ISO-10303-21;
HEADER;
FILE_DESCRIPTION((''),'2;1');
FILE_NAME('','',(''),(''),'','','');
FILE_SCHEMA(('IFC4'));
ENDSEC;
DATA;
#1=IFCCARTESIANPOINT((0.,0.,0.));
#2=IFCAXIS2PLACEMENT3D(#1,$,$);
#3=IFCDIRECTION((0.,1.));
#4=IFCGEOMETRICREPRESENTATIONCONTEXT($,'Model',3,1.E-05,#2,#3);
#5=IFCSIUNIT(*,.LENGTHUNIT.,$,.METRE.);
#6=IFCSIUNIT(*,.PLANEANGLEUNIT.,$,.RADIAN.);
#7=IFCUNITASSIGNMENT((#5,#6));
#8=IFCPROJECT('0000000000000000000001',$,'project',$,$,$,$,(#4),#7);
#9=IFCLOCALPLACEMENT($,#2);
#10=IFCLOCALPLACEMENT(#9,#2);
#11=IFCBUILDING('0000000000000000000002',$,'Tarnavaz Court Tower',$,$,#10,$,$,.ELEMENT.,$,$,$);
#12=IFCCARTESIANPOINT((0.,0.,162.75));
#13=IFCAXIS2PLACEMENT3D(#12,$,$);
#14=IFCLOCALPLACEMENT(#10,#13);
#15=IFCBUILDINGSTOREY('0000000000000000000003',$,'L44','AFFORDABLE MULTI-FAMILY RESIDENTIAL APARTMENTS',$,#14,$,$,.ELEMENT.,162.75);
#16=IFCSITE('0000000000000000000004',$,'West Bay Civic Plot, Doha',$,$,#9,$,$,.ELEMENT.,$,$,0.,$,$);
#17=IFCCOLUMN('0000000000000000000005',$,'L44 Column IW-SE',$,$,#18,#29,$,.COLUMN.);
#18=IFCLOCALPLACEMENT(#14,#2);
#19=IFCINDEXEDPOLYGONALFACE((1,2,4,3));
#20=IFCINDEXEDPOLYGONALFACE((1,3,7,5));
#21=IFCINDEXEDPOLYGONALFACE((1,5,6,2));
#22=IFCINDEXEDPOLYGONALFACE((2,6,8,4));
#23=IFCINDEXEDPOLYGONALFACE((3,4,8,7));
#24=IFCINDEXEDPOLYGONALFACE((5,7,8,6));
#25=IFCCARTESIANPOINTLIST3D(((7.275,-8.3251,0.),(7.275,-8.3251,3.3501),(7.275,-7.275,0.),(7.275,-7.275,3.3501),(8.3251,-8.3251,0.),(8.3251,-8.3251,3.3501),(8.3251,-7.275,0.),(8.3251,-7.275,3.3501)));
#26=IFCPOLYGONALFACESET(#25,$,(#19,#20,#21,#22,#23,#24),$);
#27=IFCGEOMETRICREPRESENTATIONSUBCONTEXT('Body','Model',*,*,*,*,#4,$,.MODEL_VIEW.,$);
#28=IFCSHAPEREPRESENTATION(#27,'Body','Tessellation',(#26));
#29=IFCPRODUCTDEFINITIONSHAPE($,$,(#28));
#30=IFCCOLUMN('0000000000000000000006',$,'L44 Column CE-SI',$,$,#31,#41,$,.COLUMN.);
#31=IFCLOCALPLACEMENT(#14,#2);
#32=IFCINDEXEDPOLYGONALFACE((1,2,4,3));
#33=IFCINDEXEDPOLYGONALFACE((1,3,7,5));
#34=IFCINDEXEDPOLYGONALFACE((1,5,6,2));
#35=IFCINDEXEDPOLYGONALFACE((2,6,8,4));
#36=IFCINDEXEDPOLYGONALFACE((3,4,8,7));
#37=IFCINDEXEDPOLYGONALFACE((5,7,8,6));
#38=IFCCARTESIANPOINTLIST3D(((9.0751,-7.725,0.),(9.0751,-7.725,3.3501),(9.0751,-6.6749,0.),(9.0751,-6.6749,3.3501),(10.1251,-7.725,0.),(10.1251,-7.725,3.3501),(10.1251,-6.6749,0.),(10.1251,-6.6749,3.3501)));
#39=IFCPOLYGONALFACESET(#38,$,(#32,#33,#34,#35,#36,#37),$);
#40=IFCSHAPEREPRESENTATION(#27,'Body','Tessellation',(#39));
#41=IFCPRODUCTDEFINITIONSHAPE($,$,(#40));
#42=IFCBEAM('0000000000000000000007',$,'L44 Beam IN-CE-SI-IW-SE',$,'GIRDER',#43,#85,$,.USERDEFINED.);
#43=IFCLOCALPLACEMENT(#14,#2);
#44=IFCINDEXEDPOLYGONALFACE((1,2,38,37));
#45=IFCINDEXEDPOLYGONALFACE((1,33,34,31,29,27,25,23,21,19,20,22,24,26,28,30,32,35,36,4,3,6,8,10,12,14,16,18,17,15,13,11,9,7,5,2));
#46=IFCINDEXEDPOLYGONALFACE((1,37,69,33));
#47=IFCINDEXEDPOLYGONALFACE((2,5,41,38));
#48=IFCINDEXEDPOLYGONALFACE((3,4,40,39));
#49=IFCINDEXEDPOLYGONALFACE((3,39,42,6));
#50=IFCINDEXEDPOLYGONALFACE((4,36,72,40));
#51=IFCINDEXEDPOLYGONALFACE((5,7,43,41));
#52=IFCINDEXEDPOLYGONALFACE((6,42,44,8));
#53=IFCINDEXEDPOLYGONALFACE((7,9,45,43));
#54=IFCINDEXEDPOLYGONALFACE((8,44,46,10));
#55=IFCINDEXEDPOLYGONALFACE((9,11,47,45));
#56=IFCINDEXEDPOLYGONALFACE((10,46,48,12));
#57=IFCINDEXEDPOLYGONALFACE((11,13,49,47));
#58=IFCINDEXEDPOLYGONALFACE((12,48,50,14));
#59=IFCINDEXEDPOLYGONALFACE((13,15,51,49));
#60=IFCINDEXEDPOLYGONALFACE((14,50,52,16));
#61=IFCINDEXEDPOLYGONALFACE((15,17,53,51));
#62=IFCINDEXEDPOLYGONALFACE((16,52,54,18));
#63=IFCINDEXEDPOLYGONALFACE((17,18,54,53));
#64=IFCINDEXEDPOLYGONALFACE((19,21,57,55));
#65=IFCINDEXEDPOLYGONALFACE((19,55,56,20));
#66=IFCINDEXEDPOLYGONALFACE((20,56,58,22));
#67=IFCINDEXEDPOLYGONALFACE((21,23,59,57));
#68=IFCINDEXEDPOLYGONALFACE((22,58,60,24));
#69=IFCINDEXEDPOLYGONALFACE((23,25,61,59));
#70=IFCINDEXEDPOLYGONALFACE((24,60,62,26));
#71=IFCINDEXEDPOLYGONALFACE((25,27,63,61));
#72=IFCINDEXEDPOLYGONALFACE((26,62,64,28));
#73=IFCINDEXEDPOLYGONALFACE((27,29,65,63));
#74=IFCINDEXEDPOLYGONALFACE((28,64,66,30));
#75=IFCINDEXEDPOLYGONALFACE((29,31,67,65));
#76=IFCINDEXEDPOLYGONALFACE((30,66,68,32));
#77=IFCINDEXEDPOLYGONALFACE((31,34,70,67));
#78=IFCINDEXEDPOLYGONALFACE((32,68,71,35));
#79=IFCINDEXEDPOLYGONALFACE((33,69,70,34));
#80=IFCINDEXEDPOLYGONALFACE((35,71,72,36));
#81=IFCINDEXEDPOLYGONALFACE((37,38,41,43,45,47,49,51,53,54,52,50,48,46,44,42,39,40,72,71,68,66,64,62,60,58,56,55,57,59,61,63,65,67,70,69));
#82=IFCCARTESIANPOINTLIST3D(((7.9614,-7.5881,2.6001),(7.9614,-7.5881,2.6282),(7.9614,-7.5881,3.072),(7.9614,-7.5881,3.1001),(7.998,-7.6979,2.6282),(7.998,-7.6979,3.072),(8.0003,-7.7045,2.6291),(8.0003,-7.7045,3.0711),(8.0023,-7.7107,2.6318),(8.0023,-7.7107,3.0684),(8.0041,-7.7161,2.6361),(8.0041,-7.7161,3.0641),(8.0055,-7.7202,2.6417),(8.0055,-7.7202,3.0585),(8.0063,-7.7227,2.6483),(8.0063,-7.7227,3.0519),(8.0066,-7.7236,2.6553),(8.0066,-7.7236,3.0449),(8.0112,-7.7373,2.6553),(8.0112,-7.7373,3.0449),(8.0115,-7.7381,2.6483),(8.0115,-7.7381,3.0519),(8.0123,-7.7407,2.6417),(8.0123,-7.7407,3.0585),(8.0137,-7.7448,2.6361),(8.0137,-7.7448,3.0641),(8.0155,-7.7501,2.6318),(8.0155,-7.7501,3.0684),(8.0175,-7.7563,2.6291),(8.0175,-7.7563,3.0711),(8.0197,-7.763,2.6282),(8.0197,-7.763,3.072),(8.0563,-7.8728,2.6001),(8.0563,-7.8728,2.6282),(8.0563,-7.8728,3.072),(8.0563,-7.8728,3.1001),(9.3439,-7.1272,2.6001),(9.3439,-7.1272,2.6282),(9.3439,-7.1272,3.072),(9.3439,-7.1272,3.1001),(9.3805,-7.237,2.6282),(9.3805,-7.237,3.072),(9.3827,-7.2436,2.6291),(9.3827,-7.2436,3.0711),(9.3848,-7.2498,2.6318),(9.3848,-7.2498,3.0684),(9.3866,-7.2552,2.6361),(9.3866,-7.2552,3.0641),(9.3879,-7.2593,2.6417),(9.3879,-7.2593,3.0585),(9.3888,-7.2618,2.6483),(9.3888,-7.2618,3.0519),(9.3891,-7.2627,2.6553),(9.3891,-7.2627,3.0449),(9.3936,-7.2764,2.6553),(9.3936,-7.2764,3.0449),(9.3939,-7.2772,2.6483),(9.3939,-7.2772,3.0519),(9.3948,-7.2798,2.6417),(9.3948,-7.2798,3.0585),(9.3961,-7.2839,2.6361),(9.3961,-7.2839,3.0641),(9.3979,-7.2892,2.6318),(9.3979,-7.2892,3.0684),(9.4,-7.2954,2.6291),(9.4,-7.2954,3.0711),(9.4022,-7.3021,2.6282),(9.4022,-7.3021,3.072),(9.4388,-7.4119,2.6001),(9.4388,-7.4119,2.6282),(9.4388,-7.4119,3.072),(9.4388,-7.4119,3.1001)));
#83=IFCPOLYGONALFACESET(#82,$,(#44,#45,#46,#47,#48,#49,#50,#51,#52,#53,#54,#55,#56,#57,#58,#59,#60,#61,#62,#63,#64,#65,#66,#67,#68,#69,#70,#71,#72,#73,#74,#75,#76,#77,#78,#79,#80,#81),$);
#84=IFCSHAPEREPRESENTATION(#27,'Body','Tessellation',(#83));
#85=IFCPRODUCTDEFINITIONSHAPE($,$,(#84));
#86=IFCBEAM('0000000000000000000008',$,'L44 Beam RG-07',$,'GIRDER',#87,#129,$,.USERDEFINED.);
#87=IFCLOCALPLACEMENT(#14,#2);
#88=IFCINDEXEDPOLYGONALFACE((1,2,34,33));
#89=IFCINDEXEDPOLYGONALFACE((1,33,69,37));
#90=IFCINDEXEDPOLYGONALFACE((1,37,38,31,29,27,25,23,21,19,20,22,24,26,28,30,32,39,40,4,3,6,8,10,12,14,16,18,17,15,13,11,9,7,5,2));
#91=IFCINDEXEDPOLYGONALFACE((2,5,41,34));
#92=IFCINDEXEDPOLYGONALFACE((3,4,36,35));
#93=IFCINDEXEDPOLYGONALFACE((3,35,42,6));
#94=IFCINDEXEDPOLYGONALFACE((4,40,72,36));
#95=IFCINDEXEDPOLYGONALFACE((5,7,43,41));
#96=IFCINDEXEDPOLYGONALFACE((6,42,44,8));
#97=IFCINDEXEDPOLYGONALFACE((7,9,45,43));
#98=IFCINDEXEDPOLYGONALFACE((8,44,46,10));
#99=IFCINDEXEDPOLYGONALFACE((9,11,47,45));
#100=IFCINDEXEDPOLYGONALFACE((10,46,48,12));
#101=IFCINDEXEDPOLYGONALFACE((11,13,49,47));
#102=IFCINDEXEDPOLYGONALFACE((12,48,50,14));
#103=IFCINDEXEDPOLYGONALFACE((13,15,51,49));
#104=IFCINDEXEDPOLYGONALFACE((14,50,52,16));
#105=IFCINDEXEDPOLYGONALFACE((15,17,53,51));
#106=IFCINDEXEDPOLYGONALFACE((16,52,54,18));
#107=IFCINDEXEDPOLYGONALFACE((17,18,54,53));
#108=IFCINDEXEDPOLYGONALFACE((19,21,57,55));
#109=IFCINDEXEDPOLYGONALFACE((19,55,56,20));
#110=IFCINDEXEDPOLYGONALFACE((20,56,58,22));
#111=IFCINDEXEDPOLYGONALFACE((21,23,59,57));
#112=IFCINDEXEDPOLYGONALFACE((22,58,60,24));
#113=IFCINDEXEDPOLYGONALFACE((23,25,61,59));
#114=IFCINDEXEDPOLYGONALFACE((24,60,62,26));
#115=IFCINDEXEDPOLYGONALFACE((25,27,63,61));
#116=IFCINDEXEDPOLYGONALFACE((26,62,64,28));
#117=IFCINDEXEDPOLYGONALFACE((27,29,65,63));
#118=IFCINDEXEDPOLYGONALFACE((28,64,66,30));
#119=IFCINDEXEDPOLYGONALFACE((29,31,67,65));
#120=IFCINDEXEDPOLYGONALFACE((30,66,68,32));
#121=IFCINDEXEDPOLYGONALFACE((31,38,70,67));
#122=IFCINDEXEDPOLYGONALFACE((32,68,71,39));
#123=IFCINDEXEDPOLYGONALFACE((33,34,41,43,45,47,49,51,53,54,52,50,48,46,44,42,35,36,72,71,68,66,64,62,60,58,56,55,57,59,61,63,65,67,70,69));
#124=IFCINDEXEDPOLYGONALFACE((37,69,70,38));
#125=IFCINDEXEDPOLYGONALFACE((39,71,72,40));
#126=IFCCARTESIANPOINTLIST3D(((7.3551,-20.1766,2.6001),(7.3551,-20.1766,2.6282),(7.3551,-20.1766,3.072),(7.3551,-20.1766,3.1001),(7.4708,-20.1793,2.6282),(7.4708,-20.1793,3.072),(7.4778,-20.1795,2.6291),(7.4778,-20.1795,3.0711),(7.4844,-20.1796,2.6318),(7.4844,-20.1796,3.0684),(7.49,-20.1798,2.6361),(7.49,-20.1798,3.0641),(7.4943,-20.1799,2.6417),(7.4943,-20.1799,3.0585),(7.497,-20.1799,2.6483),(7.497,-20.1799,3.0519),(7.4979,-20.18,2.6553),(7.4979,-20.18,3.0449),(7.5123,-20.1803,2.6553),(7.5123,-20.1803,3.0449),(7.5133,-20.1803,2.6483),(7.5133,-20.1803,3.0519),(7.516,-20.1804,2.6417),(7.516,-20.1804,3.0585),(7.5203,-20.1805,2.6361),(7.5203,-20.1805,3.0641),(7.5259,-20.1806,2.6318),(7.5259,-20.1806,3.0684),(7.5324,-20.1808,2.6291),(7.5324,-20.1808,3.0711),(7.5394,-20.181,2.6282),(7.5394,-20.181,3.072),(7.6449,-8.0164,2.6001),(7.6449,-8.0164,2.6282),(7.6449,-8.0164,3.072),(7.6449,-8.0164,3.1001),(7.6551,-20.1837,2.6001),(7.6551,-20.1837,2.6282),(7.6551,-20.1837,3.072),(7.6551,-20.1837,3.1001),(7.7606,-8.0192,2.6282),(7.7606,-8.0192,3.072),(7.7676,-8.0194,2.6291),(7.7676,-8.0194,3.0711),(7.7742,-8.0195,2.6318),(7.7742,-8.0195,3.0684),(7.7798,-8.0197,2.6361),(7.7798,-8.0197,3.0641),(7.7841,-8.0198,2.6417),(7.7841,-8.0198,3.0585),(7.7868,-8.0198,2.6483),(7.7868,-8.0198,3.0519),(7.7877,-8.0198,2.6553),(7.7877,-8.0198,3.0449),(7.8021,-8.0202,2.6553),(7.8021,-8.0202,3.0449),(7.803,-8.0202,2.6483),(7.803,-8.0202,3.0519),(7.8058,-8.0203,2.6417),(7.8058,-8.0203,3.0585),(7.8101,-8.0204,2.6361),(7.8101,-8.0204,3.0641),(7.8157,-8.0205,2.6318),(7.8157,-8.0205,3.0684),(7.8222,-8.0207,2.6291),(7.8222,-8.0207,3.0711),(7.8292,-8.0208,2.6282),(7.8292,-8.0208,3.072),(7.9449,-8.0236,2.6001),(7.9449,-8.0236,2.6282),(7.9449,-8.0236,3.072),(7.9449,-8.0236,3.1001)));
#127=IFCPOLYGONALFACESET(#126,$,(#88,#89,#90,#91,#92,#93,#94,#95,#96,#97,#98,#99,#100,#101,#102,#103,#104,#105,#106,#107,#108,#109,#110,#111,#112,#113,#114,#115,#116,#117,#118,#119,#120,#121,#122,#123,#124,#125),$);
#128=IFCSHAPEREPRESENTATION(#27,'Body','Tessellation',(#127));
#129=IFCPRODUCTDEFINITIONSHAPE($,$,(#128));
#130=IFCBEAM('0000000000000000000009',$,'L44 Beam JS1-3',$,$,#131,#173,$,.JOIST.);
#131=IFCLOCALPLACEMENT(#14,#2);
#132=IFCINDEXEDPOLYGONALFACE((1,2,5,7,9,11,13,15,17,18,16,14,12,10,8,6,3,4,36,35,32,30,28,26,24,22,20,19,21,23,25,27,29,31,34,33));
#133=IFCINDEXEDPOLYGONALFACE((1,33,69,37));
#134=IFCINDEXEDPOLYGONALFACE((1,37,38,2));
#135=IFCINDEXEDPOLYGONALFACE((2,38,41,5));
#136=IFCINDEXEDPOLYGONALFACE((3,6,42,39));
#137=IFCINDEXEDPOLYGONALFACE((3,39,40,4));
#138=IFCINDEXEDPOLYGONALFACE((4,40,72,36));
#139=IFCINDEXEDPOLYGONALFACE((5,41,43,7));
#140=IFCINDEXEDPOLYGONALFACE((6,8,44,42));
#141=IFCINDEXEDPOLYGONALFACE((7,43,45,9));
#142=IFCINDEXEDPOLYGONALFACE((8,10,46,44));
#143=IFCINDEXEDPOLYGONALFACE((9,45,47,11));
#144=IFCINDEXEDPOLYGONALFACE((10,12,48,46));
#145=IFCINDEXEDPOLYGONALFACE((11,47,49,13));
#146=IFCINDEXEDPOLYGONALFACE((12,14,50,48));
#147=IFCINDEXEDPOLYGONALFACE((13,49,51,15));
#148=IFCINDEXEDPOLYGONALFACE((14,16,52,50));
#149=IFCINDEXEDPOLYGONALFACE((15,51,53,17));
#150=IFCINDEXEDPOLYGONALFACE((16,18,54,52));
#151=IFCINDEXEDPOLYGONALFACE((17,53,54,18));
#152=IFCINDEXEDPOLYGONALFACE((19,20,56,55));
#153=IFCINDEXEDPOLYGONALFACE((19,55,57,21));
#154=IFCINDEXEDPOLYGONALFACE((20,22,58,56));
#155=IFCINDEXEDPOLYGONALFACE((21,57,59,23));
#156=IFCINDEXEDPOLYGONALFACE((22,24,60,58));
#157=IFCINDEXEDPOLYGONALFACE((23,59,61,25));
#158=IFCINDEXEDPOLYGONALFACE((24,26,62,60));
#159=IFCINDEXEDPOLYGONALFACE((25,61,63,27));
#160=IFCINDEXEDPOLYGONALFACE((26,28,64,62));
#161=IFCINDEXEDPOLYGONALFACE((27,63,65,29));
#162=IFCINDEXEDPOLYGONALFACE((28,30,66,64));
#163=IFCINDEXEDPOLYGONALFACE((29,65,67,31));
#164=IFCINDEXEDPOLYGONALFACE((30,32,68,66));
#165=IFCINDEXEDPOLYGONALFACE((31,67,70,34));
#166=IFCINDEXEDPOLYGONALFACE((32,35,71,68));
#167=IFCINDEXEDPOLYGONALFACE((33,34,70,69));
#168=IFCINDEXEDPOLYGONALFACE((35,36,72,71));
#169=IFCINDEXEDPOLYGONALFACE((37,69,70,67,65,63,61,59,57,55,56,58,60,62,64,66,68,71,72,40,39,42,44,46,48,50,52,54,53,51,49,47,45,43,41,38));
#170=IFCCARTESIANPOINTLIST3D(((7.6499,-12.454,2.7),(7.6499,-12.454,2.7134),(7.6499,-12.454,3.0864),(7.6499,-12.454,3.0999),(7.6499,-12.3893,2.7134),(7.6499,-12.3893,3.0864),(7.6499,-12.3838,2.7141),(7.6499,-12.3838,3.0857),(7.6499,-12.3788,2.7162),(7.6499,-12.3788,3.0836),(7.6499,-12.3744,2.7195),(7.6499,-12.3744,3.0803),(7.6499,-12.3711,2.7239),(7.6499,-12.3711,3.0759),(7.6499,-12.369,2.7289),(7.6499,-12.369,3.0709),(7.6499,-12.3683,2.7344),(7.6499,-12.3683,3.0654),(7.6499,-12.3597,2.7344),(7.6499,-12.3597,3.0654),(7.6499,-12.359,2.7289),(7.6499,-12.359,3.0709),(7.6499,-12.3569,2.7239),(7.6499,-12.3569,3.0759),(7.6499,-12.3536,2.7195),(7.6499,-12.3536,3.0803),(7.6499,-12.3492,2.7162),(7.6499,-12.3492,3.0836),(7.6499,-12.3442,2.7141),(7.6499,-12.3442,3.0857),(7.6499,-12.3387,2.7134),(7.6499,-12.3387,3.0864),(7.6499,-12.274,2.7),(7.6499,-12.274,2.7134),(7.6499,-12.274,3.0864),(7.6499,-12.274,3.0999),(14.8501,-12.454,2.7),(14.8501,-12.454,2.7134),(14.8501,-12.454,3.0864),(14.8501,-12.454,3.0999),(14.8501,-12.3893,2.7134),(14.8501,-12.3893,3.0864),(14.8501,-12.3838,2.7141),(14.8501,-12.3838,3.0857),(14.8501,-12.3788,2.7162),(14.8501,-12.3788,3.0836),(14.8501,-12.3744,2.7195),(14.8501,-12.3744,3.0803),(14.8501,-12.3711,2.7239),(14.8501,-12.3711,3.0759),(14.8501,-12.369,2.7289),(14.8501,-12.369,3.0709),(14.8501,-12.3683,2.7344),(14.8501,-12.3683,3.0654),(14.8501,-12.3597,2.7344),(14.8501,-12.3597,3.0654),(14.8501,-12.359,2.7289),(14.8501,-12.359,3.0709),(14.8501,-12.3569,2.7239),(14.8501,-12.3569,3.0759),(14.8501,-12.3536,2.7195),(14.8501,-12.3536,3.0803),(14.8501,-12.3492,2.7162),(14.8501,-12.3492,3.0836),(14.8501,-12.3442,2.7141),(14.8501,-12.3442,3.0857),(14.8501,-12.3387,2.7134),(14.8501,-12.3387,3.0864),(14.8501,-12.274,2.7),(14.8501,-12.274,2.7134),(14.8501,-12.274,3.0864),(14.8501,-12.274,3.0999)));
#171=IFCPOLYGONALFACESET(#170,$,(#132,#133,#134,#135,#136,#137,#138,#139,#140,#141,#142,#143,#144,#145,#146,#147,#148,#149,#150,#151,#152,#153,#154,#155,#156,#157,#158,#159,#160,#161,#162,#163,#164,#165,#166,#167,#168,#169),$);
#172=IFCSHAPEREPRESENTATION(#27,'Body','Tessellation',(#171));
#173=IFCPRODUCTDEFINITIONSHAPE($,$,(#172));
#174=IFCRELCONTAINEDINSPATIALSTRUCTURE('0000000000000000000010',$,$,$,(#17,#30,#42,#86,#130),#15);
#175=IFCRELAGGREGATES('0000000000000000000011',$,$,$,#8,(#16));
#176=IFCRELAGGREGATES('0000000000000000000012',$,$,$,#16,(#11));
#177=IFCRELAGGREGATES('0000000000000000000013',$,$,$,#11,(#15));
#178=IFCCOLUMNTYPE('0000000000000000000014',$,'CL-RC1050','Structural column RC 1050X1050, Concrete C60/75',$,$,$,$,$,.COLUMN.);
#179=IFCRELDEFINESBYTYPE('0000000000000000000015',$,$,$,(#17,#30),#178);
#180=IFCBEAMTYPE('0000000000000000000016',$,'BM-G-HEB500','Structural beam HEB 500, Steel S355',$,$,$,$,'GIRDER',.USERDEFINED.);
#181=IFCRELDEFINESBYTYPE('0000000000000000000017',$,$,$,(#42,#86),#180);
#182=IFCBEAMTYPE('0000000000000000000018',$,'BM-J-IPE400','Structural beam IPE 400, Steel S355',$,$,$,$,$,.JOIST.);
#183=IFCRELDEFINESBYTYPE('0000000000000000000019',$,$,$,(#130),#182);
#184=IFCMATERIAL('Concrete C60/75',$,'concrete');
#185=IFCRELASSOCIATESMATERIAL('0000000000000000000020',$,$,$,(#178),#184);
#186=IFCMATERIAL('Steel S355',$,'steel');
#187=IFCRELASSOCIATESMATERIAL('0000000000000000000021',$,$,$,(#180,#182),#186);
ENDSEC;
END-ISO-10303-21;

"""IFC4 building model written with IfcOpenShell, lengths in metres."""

from ifc_helpers import new_model, si_unit, direction, frame, origin, origin_2d, place, context, subcontext, project, spatial, rectangle, i_section, extrude, material, material_profile, profile_set, type_object, element, save


model = new_model("IFC4")

# Units and contexts
model_context = context("Model", 3, precision=1e-05, world=origin(), true_north=direction((0.0, 1.0)))
body_context = subcontext(model_context, "Body", "Model", "MODEL_VIEW")
ifc_project = project(units=[si_unit("LENGTHUNIT", "METRE"), si_unit("PLANEANGLEUNIT", "RADIAN")], contexts=[model_context])

# Site, building, storey
site_placement = place(None, origin())
site = spatial("IfcSite", under=ifc_project, at=site_placement, Name="West Bay Civic Plot, Doha", CompositionType="ELEMENT", RefElevation=0.0)
building_placement = place(site_placement, origin())
building = spatial("IfcBuilding", under=site, at=building_placement, Name="Tarnavaz Court Tower", CompositionType="ELEMENT")
storey_placement = place(building_placement, frame((0.0, 0.0, 162.75)))
storey = spatial("IfcBuildingStorey", under=building, at=storey_placement, Name="L44", Description="AFFORDABLE MULTI-FAMILY RESIDENTIAL APARTMENTS", CompositionType="ELEMENT", Elevation=162.75)

# Columns
ifc_material_1 = material(Name="Concrete C60/75", Category="concrete")
ifc_material_profile_1 = material_profile(ifc_material_1, rectangle(XDim=1.05, YDim=1.05, at=origin_2d()), Name="RC 1050X1050")
ifc_profile_set_1 = profile_set([ifc_material_profile_1], Name="Concrete C60/75")
column_type = type_object("IfcColumnType", Name="CL-RC1050", Description="Structural column RC 1050X1050, Concrete C60/75", PredefinedType="COLUMN", material=ifc_profile_set_1)
for number, where, z_axis, x_axis, name in (
    (1, (7.8, -7.8, 0.0), (0.0, 0.0, 1.0), (1.0, 0.0, 0.0), "L44 Column IW-SE"),
    (2, (9.6001, -7.2, 0.0), (0.0, 0.0, 1.0), (1.0, 0.0, 0.0), "L44 Column CE-SI"),
):
    element("IfcColumn", number, at=place(storey_placement, frame(where, z_axis=z_axis, x_axis=x_axis)), inside=storey, type_object=column_type, Name=name, PredefinedType="COLUMN", context=body_context, shape_type="SweptSolid", body=[
        extrude(rectangle(XDim=1.05, YDim=1.05, at=origin_2d()), origin(), (0.0, 0.0, 1.0), 3.3501),
    ])

# Beams
ifc_material_2 = material(Name="Steel S355", Category="steel")
ifc_material_profile_2 = material_profile(ifc_material_2, i_section(OverallWidth=0.3, OverallDepth=0.5, WebThickness=0.0144, FlangeThickness=0.0281, FilletRadius=0.0271, at=origin_2d()), Name="HEB 500")
ifc_profile_set_2 = profile_set([ifc_material_profile_2], Name="Steel S355")
beam_type_1 = type_object("IfcBeamType", Name="BM-G-HEB500", Description="Structural beam HEB 500, Steel S355", ElementType="GIRDER", PredefinedType="USERDEFINED", material=ifc_profile_set_2)
beam_1_placement = place(storey_placement, frame((9.3914, -7.2695, 2.8501), z_axis=(-0.948667, -0.316278, 0.0), x_axis=(0.316278, -0.948667, 0.0)))
element("IfcBeam", 3, at=beam_1_placement, inside=storey, type_object=beam_type_1, Name="L44 Beam IN-CE-SI-IW-SE", ObjectType="GIRDER", PredefinedType="USERDEFINED", context=body_context, shape_type="SweptSolid", body=[
    extrude(i_section(OverallWidth=0.3, OverallDepth=0.5, WebThickness=0.0144, FlangeThickness=0.0281, FilletRadius=0.0271, at=origin_2d()), origin(), (0.0, 0.0, 1.0), 1.4573),
])
beam_2_placement = place(storey_placement, frame((7.7949, -8.02, 2.8501), z_axis=(-0.023825, -0.999716, 0.0), x_axis=(0.999716, -0.023825, 0.0)))
element("IfcBeam", 4, at=beam_2_placement, inside=storey, type_object=beam_type_1, Name="L44 Beam RG-07", ObjectType="GIRDER", PredefinedType="USERDEFINED", context=body_context, shape_type="SweptSolid", body=[
    extrude(i_section(OverallWidth=0.3, OverallDepth=0.5, WebThickness=0.0144, FlangeThickness=0.0281, FilletRadius=0.0271, at=origin_2d()), origin(), (0.0, 0.0, 1.0), 12.1636),
])
ifc_material_profile_3 = material_profile(ifc_material_2, i_section(OverallWidth=0.1799, OverallDepth=0.3999, WebThickness=0.0085, FlangeThickness=0.0134, FilletRadius=0.021, at=origin_2d()), Name="IPE 400")
ifc_profile_set_3 = profile_set([ifc_material_profile_3], Name="Steel S355")
beam_type_2 = type_object("IfcBeamType", Name="BM-J-IPE400", Description="Structural beam IPE 400, Steel S355", PredefinedType="JOIST", material=ifc_profile_set_3)
for number, where, z_axis, x_axis, name in (
    (5, (7.6499, -12.364, 2.8999), (1.0, 0.0, 0.0), (0.0, 1.0, 0.0), "L44 Beam JS1-3"),
):
    element("IfcBeam", number, at=place(storey_placement, frame(where, z_axis=z_axis, x_axis=x_axis)), inside=storey, type_object=beam_type_2, Name=name, PredefinedType="JOIST", context=body_context, shape_type="SweptSolid", body=[
        extrude(i_section(OverallWidth=0.1799, OverallDepth=0.3999, WebThickness=0.0085, FlangeThickness=0.0134, FilletRadius=0.021, at=origin_2d()), origin(), (0.0, 0.0, 1.0), 7.2002),
    ])

save(model, "model.ifc")
